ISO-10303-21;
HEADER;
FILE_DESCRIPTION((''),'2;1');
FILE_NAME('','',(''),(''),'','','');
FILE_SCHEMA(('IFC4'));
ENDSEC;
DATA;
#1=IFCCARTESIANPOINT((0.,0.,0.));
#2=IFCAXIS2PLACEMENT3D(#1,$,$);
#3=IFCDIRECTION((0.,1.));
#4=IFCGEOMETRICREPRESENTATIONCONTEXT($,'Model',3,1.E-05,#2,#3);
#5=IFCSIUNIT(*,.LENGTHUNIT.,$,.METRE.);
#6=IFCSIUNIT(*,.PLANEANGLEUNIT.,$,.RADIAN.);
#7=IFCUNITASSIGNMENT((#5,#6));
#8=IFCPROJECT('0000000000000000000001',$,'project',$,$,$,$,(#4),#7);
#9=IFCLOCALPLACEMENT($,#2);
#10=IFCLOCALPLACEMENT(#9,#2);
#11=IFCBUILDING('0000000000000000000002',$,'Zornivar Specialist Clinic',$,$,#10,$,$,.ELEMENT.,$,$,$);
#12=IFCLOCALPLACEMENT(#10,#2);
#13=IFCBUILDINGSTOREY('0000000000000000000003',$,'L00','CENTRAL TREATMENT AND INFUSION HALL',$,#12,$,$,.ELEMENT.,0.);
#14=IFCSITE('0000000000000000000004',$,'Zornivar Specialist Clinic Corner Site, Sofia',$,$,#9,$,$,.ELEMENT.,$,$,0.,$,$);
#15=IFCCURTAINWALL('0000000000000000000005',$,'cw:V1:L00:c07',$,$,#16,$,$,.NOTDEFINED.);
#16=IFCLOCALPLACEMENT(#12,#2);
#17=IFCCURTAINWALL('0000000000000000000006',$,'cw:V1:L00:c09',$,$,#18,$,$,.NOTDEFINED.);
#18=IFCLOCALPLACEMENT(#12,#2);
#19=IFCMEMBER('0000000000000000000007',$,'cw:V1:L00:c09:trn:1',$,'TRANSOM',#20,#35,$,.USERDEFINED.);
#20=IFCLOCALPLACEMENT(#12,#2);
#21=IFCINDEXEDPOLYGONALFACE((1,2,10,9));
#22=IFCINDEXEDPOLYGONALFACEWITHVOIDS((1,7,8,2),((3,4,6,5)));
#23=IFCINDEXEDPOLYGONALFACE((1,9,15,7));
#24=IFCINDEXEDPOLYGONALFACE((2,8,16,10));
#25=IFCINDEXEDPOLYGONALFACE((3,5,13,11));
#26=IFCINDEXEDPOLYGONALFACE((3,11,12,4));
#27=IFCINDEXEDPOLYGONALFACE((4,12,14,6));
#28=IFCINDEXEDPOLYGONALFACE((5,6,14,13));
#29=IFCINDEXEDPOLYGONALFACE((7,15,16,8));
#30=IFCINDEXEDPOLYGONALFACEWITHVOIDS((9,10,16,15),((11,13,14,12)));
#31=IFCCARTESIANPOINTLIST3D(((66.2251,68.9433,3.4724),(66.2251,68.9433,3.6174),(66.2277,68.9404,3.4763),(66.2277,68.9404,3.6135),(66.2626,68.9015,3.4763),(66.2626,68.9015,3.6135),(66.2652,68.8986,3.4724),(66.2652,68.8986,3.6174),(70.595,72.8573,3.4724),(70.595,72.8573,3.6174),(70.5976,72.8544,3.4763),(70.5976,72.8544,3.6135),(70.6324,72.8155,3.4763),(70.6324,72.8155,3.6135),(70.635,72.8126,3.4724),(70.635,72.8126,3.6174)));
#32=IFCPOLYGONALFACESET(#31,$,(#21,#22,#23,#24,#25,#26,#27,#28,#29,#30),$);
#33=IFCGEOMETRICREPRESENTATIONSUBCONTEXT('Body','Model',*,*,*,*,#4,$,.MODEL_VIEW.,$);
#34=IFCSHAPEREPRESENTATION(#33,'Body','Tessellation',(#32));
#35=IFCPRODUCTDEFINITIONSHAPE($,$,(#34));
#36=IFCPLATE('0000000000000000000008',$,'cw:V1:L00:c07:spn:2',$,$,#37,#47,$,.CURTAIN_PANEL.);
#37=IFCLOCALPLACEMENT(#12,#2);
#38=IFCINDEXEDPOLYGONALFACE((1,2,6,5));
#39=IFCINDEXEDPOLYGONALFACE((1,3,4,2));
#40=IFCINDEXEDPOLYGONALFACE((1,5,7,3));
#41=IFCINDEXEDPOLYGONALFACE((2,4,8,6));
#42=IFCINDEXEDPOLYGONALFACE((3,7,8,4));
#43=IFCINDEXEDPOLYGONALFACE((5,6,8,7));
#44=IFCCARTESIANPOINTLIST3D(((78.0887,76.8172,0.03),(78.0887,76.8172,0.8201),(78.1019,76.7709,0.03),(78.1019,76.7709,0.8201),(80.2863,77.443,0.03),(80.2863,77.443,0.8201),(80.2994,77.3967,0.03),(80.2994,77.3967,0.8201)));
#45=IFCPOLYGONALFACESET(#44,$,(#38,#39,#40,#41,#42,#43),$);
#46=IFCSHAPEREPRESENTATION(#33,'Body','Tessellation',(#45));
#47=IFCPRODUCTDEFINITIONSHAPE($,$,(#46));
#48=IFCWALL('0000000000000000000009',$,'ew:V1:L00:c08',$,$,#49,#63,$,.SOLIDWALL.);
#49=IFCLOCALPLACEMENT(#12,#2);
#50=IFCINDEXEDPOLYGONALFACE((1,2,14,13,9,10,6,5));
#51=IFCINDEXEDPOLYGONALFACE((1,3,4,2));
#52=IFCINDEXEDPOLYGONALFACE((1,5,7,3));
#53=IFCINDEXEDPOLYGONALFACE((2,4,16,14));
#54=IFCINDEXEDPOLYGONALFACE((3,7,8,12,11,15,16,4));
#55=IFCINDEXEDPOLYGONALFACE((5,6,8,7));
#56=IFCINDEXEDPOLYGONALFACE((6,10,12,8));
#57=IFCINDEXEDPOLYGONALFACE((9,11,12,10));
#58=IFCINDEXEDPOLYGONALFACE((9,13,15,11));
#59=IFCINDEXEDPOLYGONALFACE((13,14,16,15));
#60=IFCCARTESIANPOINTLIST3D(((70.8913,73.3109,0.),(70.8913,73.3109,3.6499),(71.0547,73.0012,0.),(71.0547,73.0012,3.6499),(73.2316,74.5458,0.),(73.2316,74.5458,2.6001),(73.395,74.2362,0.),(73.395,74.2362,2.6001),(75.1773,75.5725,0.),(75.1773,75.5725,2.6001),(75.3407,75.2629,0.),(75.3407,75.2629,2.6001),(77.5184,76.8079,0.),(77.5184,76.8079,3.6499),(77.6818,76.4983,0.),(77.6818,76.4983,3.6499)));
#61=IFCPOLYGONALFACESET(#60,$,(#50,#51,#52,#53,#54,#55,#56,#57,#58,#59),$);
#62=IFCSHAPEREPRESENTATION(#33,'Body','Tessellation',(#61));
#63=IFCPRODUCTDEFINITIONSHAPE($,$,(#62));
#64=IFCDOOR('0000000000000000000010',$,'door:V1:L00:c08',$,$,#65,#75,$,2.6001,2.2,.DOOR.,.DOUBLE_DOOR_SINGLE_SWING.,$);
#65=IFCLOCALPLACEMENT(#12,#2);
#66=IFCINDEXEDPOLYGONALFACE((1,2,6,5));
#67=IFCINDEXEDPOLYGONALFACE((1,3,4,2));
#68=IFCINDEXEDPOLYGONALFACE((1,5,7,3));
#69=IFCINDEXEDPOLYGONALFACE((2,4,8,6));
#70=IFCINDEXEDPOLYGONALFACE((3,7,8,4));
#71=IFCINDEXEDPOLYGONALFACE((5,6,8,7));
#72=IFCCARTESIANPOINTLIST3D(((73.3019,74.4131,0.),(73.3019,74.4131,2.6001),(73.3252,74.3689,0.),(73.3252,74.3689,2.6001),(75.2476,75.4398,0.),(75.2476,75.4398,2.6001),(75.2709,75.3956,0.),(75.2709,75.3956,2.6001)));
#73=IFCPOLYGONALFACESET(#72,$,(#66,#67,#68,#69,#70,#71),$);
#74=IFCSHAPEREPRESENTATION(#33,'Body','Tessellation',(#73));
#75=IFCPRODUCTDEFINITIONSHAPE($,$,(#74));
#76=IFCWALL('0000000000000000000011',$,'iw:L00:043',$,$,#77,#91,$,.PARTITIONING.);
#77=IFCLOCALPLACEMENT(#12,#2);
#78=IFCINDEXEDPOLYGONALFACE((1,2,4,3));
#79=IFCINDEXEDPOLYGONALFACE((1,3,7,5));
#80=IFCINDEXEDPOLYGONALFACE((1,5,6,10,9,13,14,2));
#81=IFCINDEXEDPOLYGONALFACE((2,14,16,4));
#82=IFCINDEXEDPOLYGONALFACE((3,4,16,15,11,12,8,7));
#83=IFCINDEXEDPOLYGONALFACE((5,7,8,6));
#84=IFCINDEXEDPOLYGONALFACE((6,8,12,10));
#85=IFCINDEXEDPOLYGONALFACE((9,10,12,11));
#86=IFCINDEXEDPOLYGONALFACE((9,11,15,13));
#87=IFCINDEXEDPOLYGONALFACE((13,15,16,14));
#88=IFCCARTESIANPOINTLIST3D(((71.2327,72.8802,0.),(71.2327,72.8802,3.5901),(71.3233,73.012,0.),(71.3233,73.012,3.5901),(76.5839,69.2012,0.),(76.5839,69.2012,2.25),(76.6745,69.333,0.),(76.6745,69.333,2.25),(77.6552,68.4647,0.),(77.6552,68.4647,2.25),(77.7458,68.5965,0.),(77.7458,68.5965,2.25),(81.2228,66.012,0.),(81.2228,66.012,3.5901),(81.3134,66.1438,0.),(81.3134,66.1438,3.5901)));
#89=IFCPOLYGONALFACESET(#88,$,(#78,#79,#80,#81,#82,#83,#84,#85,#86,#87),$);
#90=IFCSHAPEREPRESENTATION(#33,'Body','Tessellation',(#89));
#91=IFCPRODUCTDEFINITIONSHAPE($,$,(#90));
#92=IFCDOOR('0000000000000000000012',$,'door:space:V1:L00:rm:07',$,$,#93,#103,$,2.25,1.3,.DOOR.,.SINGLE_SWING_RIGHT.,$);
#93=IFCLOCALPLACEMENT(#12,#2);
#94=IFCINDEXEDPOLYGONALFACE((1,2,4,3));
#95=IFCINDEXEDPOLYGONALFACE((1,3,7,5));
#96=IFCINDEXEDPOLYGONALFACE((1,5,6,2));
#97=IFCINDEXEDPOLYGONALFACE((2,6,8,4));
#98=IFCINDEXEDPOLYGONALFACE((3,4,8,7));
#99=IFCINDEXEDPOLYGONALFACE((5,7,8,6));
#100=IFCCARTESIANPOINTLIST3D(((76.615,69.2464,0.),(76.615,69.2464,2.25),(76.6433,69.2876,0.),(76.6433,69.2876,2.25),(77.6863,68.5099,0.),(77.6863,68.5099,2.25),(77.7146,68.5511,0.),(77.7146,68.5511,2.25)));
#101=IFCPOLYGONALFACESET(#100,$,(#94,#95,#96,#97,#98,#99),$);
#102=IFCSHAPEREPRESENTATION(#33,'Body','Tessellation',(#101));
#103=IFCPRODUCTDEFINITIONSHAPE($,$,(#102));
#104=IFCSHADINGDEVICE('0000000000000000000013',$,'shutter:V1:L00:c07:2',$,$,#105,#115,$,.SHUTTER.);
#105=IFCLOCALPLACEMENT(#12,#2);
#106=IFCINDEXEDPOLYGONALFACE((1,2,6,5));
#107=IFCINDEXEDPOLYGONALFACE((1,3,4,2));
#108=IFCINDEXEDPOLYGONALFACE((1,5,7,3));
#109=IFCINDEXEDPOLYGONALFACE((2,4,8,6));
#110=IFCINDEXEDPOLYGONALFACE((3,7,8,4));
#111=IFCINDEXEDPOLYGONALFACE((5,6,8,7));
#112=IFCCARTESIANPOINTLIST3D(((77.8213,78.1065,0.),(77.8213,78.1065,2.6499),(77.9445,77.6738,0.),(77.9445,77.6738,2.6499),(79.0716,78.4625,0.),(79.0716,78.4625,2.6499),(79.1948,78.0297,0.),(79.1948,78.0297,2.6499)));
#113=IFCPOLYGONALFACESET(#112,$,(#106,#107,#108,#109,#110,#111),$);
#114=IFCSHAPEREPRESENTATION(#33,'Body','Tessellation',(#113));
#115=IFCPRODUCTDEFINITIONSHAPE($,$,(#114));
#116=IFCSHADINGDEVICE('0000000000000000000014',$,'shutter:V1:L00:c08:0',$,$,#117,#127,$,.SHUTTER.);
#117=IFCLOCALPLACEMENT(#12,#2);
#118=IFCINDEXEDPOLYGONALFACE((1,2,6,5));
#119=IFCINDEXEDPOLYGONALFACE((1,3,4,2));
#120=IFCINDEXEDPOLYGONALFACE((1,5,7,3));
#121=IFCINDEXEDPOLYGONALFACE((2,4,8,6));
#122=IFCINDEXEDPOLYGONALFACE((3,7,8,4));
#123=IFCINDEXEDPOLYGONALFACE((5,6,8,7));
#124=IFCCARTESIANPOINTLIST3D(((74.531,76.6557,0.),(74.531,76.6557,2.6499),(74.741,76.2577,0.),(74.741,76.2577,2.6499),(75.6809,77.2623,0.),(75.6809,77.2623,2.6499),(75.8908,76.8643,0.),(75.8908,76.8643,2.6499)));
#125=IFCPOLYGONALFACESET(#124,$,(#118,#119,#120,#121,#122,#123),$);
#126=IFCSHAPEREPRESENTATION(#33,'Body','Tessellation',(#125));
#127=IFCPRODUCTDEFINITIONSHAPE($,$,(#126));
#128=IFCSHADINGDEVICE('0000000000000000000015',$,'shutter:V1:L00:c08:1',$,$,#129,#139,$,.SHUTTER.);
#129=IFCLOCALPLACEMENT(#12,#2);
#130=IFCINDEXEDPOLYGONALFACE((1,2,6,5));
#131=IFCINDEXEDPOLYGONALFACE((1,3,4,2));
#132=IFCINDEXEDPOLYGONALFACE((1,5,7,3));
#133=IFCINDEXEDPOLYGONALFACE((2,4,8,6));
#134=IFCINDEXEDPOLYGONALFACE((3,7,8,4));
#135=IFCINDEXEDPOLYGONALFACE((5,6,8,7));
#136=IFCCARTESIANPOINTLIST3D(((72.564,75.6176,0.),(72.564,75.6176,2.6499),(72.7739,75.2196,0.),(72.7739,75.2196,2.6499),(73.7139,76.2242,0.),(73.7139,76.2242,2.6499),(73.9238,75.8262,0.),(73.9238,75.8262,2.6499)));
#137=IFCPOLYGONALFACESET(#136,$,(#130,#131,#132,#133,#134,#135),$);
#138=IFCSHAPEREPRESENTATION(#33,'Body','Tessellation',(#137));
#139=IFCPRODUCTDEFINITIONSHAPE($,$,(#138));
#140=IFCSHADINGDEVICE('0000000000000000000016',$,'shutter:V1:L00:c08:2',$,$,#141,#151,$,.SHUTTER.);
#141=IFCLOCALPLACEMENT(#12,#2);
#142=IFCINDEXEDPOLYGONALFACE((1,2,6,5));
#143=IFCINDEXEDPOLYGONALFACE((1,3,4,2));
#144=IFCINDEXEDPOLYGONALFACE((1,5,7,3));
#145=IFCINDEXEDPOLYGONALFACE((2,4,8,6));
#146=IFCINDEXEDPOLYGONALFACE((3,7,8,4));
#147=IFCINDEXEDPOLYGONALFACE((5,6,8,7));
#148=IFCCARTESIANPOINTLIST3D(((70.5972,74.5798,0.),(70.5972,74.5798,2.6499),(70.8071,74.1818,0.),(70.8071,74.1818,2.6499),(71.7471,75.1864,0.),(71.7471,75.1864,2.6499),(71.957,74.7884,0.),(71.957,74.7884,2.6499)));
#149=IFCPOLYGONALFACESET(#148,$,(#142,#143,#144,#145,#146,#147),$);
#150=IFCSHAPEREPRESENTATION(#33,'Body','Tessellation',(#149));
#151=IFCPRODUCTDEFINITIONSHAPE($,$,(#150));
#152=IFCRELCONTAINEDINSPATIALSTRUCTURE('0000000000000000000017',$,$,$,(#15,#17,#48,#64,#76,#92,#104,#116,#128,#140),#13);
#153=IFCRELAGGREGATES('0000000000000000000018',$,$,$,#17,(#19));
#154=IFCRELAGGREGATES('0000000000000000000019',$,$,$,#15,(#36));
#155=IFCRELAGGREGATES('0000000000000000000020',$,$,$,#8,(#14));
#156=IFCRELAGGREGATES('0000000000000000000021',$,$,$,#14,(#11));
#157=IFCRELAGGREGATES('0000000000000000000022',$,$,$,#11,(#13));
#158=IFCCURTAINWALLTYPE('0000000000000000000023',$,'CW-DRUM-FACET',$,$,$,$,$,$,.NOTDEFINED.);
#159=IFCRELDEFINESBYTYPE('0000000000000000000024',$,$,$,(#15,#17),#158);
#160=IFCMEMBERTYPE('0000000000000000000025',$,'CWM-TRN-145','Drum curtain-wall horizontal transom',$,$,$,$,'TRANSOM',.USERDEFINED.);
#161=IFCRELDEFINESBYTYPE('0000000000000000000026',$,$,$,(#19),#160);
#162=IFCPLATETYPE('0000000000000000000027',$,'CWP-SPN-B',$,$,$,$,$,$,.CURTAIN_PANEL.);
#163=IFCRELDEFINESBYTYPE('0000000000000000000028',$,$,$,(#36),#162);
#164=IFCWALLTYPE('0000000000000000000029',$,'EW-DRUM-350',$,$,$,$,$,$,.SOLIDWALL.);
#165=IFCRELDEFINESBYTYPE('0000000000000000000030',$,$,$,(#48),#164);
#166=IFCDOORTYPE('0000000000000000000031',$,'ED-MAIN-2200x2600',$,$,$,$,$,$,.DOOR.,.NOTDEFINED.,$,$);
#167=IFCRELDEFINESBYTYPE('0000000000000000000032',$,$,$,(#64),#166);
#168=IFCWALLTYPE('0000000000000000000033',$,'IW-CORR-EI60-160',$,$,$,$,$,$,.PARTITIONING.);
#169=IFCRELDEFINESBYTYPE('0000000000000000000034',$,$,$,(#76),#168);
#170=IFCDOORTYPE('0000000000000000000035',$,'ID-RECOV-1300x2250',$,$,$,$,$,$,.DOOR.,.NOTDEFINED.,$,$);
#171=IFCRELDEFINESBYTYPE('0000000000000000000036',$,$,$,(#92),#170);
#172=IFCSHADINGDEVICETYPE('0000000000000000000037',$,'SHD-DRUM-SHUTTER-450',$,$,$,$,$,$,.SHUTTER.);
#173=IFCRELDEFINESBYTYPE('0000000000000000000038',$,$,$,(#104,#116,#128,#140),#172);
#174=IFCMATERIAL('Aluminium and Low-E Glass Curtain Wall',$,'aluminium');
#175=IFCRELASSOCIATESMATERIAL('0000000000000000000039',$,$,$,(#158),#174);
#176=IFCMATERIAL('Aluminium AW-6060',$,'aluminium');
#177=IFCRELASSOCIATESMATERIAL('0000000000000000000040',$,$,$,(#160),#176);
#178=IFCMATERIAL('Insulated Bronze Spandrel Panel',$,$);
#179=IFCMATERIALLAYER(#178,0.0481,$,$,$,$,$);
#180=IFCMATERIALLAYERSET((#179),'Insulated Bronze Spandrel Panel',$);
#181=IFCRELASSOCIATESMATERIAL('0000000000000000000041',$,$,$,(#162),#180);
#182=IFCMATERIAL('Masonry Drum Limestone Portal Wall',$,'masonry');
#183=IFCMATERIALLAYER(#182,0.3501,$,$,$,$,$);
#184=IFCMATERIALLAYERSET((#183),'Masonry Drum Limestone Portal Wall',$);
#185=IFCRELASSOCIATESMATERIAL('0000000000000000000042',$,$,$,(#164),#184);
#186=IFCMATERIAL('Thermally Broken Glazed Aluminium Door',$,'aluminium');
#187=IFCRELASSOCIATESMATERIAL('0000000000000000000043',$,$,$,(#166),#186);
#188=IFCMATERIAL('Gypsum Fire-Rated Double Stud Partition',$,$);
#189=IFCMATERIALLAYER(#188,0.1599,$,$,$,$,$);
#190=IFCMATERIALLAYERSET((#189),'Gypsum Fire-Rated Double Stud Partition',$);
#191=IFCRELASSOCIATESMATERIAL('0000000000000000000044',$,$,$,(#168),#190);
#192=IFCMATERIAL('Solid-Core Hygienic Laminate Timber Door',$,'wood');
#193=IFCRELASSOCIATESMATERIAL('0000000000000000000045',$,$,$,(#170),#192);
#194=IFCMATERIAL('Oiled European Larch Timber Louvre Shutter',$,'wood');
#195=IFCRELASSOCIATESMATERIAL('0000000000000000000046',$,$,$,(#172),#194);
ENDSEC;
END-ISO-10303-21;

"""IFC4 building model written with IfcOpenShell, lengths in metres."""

from ifc_helpers import new_model, si_unit, direction, frame, frame_2d, origin, origin_2d, place, context, subcontext, project, spatial, rectangle, hollow_rectangle, extrude, material, layer, layer_set, material_profile, profile_set, type_object, element, fill, aggregate, save


model = new_model("IFC4")

# Units and contexts
model_context = context("Model", 3, precision=1e-05, world=origin(), true_north=direction((0.0, 1.0)))
body_context = subcontext(model_context, "Body", "Model", "MODEL_VIEW")
ifc_project = project(units=[si_unit("LENGTHUNIT", "METRE"), si_unit("PLANEANGLEUNIT", "RADIAN")], contexts=[model_context])

# Site, building, storey
site_placement = place(None, origin())
site = spatial("IfcSite", under=ifc_project, at=site_placement, Name="Zornivar Specialist Clinic Corner Site, Sofia", CompositionType="ELEMENT", RefElevation=0.0)
building_placement = place(site_placement, origin())
building = spatial("IfcBuilding", under=site, at=building_placement, Name="Zornivar Specialist Clinic", CompositionType="ELEMENT")
storey_placement = place(building_placement, origin())
storey = spatial("IfcBuildingStorey", under=building, at=storey_placement, Name="L00", Description="CENTRAL TREATMENT AND INFUSION HALL", CompositionType="ELEMENT", Elevation=0.0)

# Curtain walls, member
ifc_material_1 = material(Name="Aluminium and Low-E Glass Curtain Wall", Category="aluminium")
curtain_wall_type = type_object("IfcCurtainWallType", Name="CW-DRUM-FACET", PredefinedType="NOTDEFINED", material=ifc_material_1)
curtain_wall_1_placement = place(storey_placement, origin())
curtain_wall_1 = element("IfcCurtainWall", 1, at=curtain_wall_1_placement, inside=storey, type_object=curtain_wall_type, Name="cw:V1:L00:c07", PredefinedType="NOTDEFINED")
curtain_wall_2_placement = place(storey_placement, origin())
curtain_wall_2 = element("IfcCurtainWall", 2, at=curtain_wall_2_placement, inside=storey, type_object=curtain_wall_type, Name="cw:V1:L00:c09", PredefinedType="NOTDEFINED")
ifc_material_2 = material(Name="Aluminium AW-6060", Category="aluminium")
ifc_material_profile_1 = material_profile(ifc_material_2, hollow_rectangle(XDim=0.0601, YDim=0.145, WallThickness=0.0039, at=origin_2d()), Name="ALU 60x145x4")
ifc_profile_set_1 = profile_set([ifc_material_profile_1], Name="Aluminium AW-6060")
member_type_1 = type_object("IfcMemberType", Name="CWM-TRN-145", Description="Drum curtain-wall horizontal transom", ElementType="TRANSOM", PredefinedType="USERDEFINED", material=ifc_profile_set_1)
member_1_placement = place(storey_placement, frame((70.615, 72.835, 3.5449), z_axis=(-0.744887, -0.66719, 0.0), x_axis=(0.66719, -0.744887, 0.0)))
member_1 = element("IfcMember", 3, at=member_1_placement, type_object=member_type_1, Name="cw:V1:L00:c09:trn:1", ObjectType="TRANSOM", PredefinedType="USERDEFINED", context=body_context, shape_type="SweptSolid", body=[
    extrude(hollow_rectangle(XDim=0.0601, YDim=0.145, WallThickness=0.0039, at=origin_2d()), origin(), (0.0, 0.0, 1.0), 5.8665),
])
aggregate(curtain_wall_2, [member_1])

# Plate
ifc_material_3 = material(Name="Insulated Bronze Spandrel Panel")
ifc_layer_1 = layer(ifc_material_3, 0.0481)
ifc_layer_set_1 = layer_set([ifc_layer_1], Name="Insulated Bronze Spandrel Panel")
plate_type = type_object("IfcPlateType", Name="CWP-SPN-B", PredefinedType="CURTAIN_PANEL", material=ifc_layer_set_1)
plate_placement = place(storey_placement, frame((79.1941, 77.1069, 0.03), z_axis=(0.0, 0.0, 1.0), x_axis=(-0.961761, -0.273889, 0.0)))
plate = element("IfcPlate", 4, at=plate_placement, type_object=plate_type, Name="cw:V1:L00:c07:spn:2", PredefinedType="CURTAIN_PANEL", context=body_context, shape_type="SweptSolid", body=[
    extrude(rectangle(XDim=2.2849, YDim=0.0481, at=origin_2d()), origin(), (0.0, 0.0, 1.0), 0.79),
])
aggregate(curtain_wall_1, [plate])

# Walls, openings, doors
ifc_material_4 = material(Name="Masonry Drum Limestone Portal Wall", Category="masonry")
ifc_layer_2 = layer(ifc_material_4, 0.3501)
ifc_layer_set_2 = layer_set([ifc_layer_2], Name="Masonry Drum Limestone Portal Wall")
wall_type_1 = type_object("IfcWallType", Name="EW-DRUM-350", PredefinedType="SOLIDWALL", material=ifc_layer_set_2)
wall_1_placement = place(storey_placement, frame((77.6001, 76.6531, 0.0), z_axis=(0.0, 0.0, 1.0), x_axis=(-0.884419, -0.466694, 0.0)))
wall_1 = element("IfcWall", 5, at=wall_1_placement, inside=storey, type_object=wall_type_1, Name="ew:V1:L00:c08", PredefinedType="SOLIDWALL", context=body_context, shape_type="SweptSolid", body=[
    extrude(rectangle(XDim=7.4932, YDim=0.3501, at=frame_2d((3.7466, 0.0))), origin(), (0.0, 0.0, 1.0), 3.6499),
])
opening_1_placement = place(wall_1_placement, frame((2.647, 0.0, 0.0)))
opening_1 = element("IfcOpeningElement", 6, at=opening_1_placement, cuts=wall_1, PredefinedType="OPENING", context=body_context, shape_type="SweptSolid", body=[
    extrude(rectangle(XDim=2.2, YDim=2.6001, at=frame_2d((1.1001, 1.3))), frame((0.0, 0.1851, 0.0), z_axis=(0.0, -1.0, 0.0), x_axis=(1.0, 0.0, 0.0)), (0.0, 0.0, 1.0), 0.3701),
])
ifc_material_5 = material(Name="Thermally Broken Glazed Aluminium Door", Category="aluminium")
door_type_1 = type_object("IfcDoorType", Name="ED-MAIN-2200x2600", OperationType="NOTDEFINED", PredefinedType="DOOR", material=ifc_material_5)
door_1_placement = place(opening_1_placement, frame((2.2, 0.0, 0.0), z_axis=(0.0, 0.0, 1.0), x_axis=(-1.0, 0.0, 0.0)))
door_1 = element("IfcDoor", 7, at=door_1_placement, inside=storey, type_object=door_type_1, Name="door:V1:L00:c08", OperationType="DOUBLE_DOOR_SINGLE_SWING", OverallHeight=2.6001, OverallWidth=2.2, PredefinedType="DOOR", context=body_context, shape_type="SweptSolid", body=[
    extrude(rectangle(XDim=2.2, YDim=2.6001, at=frame_2d((1.1001, 1.3))), frame((0.0, 0.0249, 0.0), z_axis=(0.0, -1.0, 0.0), x_axis=(1.0, 0.0, 0.0)), (0.0, 0.0, 1.0), 0.05),
])
fill(opening_1, door_1)
ifc_material_6 = material(Name="Gypsum Fire-Rated Double Stud Partition")
ifc_layer_3 = layer(ifc_material_6, 0.1599)
ifc_layer_set_3 = layer_set([ifc_layer_3], Name="Gypsum Fire-Rated Double Stud Partition")
wall_type_2 = type_object("IfcWallType", Name="IW-CORR-EI60-160", PredefinedType="PARTITIONING", material=ifc_layer_set_3)
wall_2_placement = place(storey_placement, frame((71.2781, 72.946, 0.0), z_axis=(0.0, 0.0, 1.0), x_axis=(0.82404, -0.566531, 0.0)))
wall_2 = element("IfcWall", 8, at=wall_2_placement, inside=storey, type_object=wall_type_2, Name="iw:L00:043", PredefinedType="PARTITIONING", context=body_context, shape_type="SweptSolid", body=[
    extrude(rectangle(XDim=12.1233, YDim=0.1599, at=frame_2d((6.0615, 0.0))), origin(), (0.0, 0.0, 1.0), 3.5901),
])
opening_2_placement = place(wall_2_placement, frame((6.4939, 0.0, 0.0)))
opening_2 = element("IfcOpeningElement", 9, at=opening_2_placement, cuts=wall_2, PredefinedType="OPENING", context=body_context, shape_type="SweptSolid", body=[
    extrude(rectangle(XDim=1.3, YDim=2.25, at=frame_2d((0.6499, 1.125))), frame((0.0, 0.0898, 0.0), z_axis=(0.0, -1.0, 0.0), x_axis=(1.0, 0.0, 0.0)), (0.0, 0.0, 1.0), 0.1799),
])
ifc_material_7 = material(Name="Solid-Core Hygienic Laminate Timber Door", Category="wood")
door_type_2 = type_object("IfcDoorType", Name="ID-RECOV-1300x2250", OperationType="NOTDEFINED", PredefinedType="DOOR", material=ifc_material_7)
door_2_placement = place(opening_2_placement, origin())
door_2 = element("IfcDoor", 10, at=door_2_placement, inside=storey, type_object=door_type_2, Name="door:space:V1:L00:rm:07", OperationType="SINGLE_SWING_RIGHT", OverallHeight=2.25, OverallWidth=1.3, PredefinedType="DOOR", context=body_context, shape_type="SweptSolid", body=[
    extrude(rectangle(XDim=1.3, YDim=2.25, at=frame_2d((0.6499, 1.125))), frame((0.0, 0.0249, 0.0), z_axis=(0.0, -1.0, 0.0), x_axis=(1.0, 0.0, 0.0)), (0.0, 0.0, 1.0), 0.05),
])
fill(opening_2, door_2)

# Shading devices
ifc_material_8 = material(Name="Oiled European Larch Timber Louvre Shutter", Category="wood")
shading_device_type = type_object("IfcShadingDeviceType", Name="SHD-DRUM-SHUTTER-450", PredefinedType="SHUTTER", material=ifc_material_8)
for number, where, z_axis, x_axis, name in (
    (11, (78.5081, 78.0681, 0.0), (0.0, 0.0, 1.0), (-0.961785, -0.273805, 0.0), "shutter:V1:L00:c07:2"),
    (12, (75.2109, 76.76, 0.0), (0.0, 0.0, 1.0), (-0.88447, -0.466597, 0.0), "shutter:V1:L00:c08:0"),
    (13, (73.2439, 75.7219, 0.0), (0.0, 0.0, 1.0), (-0.88447, -0.466597, 0.0), "shutter:V1:L00:c08:1"),
    (14, (71.2771, 74.6841, 0.0), (0.0, 0.0, 1.0), (-0.88447, -0.466597, 0.0), "shutter:V1:L00:c08:2"),
):
    element("IfcShadingDevice", number, at=place(storey_placement, frame(where, z_axis=z_axis, x_axis=x_axis)), inside=storey, type_object=shading_device_type, Name=name, PredefinedType="SHUTTER", context=body_context, shape_type="SweptSolid", body=[
        extrude(rectangle(XDim=1.3, YDim=0.45, at=origin_2d()), origin(), (0.0, 0.0, 1.0), 2.6499),
    ])

save(model, "model.ifc")
